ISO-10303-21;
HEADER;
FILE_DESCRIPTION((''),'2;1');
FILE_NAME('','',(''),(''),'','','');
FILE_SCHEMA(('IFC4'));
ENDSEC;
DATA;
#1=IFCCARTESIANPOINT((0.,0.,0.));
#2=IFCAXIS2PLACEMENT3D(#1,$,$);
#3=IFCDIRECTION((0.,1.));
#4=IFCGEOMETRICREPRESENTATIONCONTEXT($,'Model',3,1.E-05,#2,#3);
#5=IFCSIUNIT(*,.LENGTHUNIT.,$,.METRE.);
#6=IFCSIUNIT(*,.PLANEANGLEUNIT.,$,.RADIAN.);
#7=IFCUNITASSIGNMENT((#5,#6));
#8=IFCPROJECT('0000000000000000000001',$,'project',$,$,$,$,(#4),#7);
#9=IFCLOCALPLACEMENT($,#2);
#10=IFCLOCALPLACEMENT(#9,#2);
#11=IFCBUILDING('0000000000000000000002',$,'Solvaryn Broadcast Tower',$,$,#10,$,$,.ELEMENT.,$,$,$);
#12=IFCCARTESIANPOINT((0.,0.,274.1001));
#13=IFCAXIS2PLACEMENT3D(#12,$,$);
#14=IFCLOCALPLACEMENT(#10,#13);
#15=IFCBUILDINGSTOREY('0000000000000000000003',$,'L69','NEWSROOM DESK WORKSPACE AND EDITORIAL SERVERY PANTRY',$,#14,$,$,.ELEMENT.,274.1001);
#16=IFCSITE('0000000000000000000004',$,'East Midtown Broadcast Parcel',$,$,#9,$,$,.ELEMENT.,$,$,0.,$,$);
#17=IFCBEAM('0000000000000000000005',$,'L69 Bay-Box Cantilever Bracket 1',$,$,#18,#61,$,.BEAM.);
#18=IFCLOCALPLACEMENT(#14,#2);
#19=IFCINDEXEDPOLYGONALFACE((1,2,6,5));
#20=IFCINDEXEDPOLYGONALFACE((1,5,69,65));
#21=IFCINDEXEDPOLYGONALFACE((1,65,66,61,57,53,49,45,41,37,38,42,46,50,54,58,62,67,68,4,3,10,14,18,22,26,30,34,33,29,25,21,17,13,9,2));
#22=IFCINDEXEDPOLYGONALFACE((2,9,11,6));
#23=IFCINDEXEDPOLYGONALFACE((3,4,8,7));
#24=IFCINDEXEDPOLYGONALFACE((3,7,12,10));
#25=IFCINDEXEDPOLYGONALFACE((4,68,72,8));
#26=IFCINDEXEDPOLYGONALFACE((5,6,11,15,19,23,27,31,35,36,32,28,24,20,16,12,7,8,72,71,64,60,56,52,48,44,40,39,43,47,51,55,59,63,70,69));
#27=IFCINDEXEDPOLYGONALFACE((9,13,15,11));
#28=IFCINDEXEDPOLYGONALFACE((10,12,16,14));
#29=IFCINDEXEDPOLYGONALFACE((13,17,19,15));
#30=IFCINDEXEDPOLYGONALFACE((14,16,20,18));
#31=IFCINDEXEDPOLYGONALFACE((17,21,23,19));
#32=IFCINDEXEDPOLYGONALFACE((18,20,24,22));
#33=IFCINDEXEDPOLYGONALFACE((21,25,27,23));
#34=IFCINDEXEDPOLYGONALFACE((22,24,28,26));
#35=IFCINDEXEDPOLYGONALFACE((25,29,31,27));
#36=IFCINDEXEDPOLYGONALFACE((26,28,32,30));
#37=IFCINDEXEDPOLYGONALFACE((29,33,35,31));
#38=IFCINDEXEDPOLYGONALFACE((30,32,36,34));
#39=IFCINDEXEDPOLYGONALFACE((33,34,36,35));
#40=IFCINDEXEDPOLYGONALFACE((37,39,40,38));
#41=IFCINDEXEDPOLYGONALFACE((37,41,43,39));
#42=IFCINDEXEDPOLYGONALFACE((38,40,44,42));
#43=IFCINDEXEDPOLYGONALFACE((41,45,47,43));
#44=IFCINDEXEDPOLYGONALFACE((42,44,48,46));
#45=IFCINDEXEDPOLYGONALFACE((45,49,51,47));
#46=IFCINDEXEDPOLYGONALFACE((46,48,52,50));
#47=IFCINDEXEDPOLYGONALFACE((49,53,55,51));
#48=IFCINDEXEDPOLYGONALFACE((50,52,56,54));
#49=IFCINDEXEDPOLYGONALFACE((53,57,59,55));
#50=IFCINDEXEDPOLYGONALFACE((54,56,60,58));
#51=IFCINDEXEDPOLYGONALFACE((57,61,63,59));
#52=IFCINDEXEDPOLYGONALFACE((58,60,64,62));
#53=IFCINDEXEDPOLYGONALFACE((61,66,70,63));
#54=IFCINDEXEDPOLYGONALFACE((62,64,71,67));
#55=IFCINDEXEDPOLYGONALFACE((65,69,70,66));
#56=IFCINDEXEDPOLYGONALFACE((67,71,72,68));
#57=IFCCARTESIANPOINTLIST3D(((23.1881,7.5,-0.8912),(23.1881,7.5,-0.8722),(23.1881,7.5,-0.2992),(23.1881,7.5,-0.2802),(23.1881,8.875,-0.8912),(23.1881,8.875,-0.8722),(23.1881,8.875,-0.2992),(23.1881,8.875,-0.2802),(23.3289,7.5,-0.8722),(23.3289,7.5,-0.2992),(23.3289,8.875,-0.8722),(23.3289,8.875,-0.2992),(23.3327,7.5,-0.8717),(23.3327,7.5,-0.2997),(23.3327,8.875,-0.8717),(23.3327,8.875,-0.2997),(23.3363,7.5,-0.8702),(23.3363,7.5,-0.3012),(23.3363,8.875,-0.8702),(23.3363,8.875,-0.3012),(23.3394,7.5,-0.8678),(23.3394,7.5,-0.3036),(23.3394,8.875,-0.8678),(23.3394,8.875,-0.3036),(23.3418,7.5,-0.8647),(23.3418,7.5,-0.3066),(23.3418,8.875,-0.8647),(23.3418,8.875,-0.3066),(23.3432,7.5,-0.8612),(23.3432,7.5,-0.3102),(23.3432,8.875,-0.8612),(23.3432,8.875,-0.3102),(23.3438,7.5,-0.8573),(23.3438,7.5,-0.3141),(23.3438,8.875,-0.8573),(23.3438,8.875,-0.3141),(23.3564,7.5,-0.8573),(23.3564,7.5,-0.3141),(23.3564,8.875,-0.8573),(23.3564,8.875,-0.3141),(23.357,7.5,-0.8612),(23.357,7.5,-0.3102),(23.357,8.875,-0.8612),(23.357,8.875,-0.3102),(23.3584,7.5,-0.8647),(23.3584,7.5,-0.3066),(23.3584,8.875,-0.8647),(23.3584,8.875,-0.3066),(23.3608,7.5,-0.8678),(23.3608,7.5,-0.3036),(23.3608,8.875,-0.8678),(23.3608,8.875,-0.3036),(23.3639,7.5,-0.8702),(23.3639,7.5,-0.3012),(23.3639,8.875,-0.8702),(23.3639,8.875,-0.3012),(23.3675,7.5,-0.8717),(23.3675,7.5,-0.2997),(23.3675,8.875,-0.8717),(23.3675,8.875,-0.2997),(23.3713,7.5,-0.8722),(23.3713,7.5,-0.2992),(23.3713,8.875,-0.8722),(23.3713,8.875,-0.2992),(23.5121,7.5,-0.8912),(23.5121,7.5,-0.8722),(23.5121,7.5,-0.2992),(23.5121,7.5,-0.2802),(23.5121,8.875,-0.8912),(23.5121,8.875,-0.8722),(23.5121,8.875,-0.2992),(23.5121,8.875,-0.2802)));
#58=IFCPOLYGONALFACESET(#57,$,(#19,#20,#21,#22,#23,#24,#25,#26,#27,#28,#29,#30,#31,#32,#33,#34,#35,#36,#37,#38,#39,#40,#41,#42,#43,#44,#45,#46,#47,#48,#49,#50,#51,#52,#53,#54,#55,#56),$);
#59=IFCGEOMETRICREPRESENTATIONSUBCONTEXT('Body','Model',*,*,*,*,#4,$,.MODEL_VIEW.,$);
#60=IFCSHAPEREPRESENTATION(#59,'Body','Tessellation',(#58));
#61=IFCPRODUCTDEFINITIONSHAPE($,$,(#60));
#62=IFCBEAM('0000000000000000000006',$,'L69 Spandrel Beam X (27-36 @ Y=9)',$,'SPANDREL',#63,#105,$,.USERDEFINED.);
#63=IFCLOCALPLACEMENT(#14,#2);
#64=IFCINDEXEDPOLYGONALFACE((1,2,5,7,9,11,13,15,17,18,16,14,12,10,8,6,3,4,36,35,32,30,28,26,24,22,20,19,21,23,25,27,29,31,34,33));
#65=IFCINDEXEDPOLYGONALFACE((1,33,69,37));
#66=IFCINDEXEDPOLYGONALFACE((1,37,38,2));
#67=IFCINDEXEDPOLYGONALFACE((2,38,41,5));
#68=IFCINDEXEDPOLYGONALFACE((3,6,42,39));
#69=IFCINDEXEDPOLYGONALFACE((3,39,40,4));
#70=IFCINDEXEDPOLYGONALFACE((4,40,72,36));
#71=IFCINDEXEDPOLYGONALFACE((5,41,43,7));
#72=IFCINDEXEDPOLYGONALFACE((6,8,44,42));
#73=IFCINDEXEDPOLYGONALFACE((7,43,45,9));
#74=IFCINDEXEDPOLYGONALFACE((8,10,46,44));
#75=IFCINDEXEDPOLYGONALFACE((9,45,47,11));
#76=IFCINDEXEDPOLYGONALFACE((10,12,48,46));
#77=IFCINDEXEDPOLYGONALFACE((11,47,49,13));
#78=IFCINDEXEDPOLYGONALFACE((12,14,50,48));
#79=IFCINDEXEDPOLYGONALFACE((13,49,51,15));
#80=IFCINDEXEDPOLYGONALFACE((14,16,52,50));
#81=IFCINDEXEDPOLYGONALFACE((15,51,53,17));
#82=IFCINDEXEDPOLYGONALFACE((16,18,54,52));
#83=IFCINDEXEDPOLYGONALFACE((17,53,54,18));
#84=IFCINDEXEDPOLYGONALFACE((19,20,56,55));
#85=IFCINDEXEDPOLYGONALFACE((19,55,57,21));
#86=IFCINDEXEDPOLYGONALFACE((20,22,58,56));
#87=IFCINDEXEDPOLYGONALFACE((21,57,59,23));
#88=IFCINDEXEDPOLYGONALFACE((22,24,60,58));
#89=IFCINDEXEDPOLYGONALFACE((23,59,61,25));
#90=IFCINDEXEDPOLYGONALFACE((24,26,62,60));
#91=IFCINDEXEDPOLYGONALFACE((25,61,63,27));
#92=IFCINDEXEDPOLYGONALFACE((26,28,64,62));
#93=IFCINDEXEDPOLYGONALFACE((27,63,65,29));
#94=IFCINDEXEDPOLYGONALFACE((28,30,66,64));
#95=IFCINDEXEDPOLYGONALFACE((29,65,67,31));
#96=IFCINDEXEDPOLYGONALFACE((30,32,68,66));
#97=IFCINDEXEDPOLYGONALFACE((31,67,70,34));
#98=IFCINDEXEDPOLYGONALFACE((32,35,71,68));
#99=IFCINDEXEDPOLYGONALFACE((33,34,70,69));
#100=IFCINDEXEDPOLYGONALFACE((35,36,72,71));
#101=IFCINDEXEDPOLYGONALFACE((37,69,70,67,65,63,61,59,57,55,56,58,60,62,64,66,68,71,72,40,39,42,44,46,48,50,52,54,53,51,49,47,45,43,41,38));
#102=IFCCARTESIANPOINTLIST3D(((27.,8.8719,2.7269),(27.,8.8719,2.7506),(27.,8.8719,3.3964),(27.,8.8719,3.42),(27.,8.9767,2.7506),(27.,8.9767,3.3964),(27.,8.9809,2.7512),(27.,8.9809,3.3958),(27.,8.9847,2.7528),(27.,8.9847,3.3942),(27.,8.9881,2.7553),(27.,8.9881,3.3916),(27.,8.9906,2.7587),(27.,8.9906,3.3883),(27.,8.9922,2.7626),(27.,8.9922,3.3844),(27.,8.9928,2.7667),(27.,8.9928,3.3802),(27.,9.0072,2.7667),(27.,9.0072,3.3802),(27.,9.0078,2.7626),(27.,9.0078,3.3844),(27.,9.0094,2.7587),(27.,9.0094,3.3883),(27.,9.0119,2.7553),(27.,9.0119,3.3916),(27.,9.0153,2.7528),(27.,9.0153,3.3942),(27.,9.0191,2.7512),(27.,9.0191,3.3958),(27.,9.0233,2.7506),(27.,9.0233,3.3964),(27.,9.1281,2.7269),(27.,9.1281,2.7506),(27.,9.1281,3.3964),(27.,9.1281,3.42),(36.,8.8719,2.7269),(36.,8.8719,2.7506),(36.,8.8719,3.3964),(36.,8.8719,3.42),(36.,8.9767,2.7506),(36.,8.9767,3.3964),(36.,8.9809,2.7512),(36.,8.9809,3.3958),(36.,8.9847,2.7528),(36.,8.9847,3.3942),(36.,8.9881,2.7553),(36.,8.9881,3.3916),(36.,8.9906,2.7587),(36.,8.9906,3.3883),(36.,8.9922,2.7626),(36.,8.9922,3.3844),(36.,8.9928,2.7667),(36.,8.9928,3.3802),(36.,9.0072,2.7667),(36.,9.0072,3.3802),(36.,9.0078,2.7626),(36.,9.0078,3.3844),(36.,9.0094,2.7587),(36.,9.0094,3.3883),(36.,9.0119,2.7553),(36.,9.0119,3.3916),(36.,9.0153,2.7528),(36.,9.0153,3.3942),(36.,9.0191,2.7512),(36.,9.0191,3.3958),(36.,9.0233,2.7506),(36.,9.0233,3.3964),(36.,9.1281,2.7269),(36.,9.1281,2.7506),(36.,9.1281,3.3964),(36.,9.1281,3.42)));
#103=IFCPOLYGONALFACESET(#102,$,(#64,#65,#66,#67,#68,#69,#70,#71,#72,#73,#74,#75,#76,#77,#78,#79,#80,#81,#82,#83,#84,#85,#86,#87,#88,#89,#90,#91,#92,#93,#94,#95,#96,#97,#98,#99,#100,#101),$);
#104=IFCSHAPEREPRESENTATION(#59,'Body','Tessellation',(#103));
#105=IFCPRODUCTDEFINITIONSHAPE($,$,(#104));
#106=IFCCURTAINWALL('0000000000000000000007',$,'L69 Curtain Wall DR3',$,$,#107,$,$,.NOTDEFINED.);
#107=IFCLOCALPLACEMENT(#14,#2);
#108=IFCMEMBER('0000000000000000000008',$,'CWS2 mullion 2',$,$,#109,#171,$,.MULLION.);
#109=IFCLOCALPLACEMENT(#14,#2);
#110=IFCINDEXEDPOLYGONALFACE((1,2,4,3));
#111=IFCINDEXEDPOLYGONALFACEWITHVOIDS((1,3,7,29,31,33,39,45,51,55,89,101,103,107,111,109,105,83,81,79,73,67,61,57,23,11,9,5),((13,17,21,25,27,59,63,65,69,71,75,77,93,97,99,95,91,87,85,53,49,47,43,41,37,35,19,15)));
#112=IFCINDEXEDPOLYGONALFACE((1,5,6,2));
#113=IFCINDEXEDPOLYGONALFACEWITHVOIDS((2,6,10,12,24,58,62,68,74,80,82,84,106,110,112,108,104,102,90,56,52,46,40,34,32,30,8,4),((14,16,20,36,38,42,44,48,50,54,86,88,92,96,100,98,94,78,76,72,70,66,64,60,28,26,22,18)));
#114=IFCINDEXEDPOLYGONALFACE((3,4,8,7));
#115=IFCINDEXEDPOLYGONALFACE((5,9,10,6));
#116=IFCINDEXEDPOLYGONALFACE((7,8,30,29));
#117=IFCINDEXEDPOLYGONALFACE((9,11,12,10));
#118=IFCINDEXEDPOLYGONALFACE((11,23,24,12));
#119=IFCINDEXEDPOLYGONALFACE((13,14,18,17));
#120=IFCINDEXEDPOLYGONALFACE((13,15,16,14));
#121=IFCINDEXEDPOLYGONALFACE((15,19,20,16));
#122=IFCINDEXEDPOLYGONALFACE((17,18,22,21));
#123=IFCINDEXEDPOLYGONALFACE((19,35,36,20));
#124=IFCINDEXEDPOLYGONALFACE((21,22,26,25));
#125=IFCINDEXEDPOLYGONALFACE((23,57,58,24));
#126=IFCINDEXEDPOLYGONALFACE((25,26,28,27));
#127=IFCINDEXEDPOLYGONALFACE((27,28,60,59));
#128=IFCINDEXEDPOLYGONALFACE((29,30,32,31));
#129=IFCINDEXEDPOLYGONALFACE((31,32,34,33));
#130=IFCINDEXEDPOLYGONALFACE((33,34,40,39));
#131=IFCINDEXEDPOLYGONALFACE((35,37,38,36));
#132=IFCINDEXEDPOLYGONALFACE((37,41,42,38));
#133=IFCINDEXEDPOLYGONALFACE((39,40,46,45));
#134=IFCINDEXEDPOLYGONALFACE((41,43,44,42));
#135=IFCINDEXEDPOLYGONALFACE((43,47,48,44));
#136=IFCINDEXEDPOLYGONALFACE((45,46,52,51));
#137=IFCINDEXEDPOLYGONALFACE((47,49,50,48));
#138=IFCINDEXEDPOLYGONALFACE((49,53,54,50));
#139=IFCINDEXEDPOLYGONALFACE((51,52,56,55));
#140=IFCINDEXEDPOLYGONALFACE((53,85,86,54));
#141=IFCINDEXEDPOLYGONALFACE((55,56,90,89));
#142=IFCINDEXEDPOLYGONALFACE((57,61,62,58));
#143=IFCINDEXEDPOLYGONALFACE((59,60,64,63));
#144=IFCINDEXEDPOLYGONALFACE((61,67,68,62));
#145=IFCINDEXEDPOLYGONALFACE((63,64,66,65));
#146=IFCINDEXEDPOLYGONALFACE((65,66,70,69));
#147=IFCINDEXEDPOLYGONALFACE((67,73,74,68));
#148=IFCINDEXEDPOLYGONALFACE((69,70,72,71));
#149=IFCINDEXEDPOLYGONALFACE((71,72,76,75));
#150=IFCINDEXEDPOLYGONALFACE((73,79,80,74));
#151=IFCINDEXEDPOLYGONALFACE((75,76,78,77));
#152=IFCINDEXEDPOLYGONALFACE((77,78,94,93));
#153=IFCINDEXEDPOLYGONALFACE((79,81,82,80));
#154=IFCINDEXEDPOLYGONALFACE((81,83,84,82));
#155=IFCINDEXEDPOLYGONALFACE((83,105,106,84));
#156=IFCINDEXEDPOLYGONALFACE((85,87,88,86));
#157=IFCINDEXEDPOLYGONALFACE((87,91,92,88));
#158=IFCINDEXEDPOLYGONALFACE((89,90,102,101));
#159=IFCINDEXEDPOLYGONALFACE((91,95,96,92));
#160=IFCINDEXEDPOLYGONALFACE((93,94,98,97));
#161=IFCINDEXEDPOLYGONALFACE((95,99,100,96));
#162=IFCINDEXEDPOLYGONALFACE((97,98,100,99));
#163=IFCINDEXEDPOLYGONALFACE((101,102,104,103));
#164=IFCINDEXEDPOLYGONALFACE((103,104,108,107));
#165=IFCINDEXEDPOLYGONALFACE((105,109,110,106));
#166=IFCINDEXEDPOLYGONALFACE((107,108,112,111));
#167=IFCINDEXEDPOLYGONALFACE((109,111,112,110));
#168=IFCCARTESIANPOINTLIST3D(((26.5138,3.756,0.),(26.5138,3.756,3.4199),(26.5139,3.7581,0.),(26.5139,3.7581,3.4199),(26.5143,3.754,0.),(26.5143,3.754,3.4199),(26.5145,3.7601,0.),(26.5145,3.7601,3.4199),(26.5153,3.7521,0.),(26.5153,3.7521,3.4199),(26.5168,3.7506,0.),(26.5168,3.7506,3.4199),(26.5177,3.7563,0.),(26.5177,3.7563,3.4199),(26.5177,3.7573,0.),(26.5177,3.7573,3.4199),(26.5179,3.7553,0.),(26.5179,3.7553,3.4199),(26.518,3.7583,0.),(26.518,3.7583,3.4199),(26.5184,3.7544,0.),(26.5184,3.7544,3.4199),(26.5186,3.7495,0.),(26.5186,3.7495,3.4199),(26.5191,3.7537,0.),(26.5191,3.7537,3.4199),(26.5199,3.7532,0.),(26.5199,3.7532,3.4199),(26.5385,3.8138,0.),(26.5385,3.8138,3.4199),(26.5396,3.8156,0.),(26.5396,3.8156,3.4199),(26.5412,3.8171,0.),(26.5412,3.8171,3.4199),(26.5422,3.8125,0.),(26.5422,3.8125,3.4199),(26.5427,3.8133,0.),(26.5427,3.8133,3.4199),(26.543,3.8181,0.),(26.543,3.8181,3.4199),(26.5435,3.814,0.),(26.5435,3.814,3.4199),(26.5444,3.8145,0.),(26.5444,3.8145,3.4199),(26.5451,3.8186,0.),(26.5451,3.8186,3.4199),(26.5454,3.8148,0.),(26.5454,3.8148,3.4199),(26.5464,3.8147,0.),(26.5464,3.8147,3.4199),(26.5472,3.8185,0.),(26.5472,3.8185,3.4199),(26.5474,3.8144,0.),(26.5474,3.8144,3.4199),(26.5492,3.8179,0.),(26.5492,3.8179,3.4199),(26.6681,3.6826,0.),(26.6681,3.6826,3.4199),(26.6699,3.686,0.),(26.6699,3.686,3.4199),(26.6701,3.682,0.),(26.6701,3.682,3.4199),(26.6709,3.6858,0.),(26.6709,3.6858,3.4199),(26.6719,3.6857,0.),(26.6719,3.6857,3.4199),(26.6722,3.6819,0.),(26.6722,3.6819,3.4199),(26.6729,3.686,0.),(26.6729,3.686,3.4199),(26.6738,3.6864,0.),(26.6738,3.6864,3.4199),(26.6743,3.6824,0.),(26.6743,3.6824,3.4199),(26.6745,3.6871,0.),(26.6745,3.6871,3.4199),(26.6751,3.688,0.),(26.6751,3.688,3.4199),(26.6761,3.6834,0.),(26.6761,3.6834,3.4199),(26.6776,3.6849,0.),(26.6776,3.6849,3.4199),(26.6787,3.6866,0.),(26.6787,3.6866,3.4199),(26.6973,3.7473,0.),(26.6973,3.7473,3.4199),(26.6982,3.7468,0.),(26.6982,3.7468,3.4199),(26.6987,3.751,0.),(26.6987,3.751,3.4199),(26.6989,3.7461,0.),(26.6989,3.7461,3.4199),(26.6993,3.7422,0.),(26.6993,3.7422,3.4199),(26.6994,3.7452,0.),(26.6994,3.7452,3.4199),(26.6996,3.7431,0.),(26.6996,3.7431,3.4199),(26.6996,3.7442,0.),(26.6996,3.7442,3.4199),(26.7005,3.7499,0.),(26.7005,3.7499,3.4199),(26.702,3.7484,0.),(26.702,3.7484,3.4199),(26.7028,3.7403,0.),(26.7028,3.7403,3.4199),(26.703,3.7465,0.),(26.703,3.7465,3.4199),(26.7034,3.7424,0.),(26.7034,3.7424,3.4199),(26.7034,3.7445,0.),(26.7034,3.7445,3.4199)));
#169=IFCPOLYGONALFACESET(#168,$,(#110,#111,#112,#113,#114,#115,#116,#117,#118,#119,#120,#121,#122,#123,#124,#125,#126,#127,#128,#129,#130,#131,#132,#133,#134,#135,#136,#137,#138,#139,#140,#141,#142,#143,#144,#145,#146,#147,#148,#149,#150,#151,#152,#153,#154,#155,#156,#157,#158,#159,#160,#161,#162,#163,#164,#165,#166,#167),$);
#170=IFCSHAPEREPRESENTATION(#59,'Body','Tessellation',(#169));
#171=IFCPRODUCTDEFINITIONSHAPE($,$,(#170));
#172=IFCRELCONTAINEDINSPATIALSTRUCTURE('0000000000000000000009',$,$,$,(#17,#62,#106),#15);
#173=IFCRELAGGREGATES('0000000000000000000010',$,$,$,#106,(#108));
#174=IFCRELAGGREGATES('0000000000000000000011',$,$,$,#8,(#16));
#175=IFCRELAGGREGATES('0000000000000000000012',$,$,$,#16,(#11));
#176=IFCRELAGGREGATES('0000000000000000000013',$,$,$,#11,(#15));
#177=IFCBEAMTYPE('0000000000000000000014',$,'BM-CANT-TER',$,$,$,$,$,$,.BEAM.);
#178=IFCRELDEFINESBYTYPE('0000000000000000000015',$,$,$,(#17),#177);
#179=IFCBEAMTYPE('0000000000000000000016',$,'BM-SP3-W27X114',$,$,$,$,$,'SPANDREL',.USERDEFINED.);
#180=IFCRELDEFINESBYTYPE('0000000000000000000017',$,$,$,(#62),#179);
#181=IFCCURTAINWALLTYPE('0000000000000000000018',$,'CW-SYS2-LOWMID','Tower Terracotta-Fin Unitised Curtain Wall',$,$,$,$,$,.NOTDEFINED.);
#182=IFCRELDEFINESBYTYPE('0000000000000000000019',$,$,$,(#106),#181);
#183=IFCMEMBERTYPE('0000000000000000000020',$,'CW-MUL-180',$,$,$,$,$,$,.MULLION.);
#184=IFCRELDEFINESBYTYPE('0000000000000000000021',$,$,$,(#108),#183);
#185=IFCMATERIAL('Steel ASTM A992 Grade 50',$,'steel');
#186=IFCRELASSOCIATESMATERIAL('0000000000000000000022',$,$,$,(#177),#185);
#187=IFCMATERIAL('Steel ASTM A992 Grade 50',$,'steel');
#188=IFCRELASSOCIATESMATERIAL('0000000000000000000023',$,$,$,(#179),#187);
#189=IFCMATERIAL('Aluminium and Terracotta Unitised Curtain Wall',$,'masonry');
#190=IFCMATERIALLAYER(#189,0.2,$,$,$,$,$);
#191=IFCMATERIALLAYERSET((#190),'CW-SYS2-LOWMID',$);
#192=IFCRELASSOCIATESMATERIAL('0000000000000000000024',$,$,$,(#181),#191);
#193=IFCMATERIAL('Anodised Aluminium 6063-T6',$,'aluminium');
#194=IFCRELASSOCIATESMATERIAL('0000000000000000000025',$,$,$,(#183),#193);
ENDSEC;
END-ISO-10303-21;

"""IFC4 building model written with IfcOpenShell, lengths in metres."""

from ifc_helpers import new_model, si_unit, direction, frame, origin, origin_2d, place, context, subcontext, project, spatial, hollow_rectangle, i_section, extrude, material, layer, layer_set, material_profile, profile_set, type_object, element, aggregate, save


model = new_model("IFC4")

# Units and contexts
model_context = context("Model", 3, precision=1e-05, world=origin(), true_north=direction((0.0, 1.0)))
body_context = subcontext(model_context, "Body", "Model", "MODEL_VIEW")
ifc_project = project(units=[si_unit("LENGTHUNIT", "METRE"), si_unit("PLANEANGLEUNIT", "RADIAN")], contexts=[model_context])

# Site, building, storey
site_placement = place(None, origin())
site = spatial("IfcSite", under=ifc_project, at=site_placement, Name="East Midtown Broadcast Parcel", CompositionType="ELEMENT", RefElevation=0.0)
building_placement = place(site_placement, origin())
building = spatial("IfcBuilding", under=site, at=building_placement, Name="Solvaryn Broadcast Tower", CompositionType="ELEMENT")
storey_placement = place(building_placement, frame((0.0, 0.0, 274.1001)))
storey = spatial("IfcBuildingStorey", under=building, at=storey_placement, Name="L69", Description="NEWSROOM DESK WORKSPACE AND EDITORIAL SERVERY PANTRY", CompositionType="ELEMENT", Elevation=274.1001)

# Beams
ifc_material_1 = material(Name="Steel ASTM A992 Grade 50", Category="steel")
ifc_material_profile_1 = material_profile(ifc_material_1, i_section(OverallWidth=0.324, OverallDepth=0.6111, WebThickness=0.0127, FlangeThickness=0.019, FilletRadius=0.0149, at=origin_2d()))
ifc_profile_set_1 = profile_set([ifc_material_profile_1], Name="Steel ASTM A992 Grade 50")
beam_type_1 = type_object("IfcBeamType", Name="BM-CANT-TER", PredefinedType="BEAM", material=ifc_profile_set_1)
beam_1_placement = place(storey_placement, frame((23.3501, 8.875, -0.5857), z_axis=(0.0, -1.0, 0.0), x_axis=(1.0, 0.0, 0.0)))
element("IfcBeam", 1, at=beam_1_placement, inside=storey, type_object=beam_type_1, Name="L69 Bay-Box Cantilever Bracket 1", PredefinedType="BEAM", context=body_context, shape_type="SweptSolid", body=[
    extrude(i_section(OverallWidth=0.324, OverallDepth=0.6111, WebThickness=0.0127, FlangeThickness=0.019, FilletRadius=0.0149, at=origin_2d()), origin(), (0.0, 0.0, 1.0), 1.375),
])
ifc_material_2 = material(Name="Steel ASTM A992 Grade 50", Category="steel")
ifc_material_profile_2 = material_profile(ifc_material_2, i_section(OverallWidth=0.2561, OverallDepth=0.6931, WebThickness=0.0144, FlangeThickness=0.0237, FilletRadius=0.0161, at=origin_2d()))
ifc_profile_set_2 = profile_set([ifc_material_profile_2], Name="Steel ASTM A992 Grade 50")
beam_type_2 = type_object("IfcBeamType", Name="BM-SP3-W27X114", ElementType="SPANDREL", PredefinedType="USERDEFINED", material=ifc_profile_set_2)
beam_2_placement = place(storey_placement, frame((27.0, 9.0, 3.0735), z_axis=(1.0, 0.0, 0.0), x_axis=(0.0, 1.0, 0.0)))
element("IfcBeam", 2, at=beam_2_placement, inside=storey, type_object=beam_type_2, Name="L69 Spandrel Beam X (27-36 @ Y=9)", ObjectType="SPANDREL", PredefinedType="USERDEFINED", context=body_context, shape_type="SweptSolid", body=[
    extrude(i_section(OverallWidth=0.2561, OverallDepth=0.6931, WebThickness=0.0144, FlangeThickness=0.0237, FilletRadius=0.0161, at=origin_2d()), origin(), (0.0, 0.0, 1.0), 9.0),
])

# Curtain wall, member
ifc_material_3 = material(Name="Aluminium and Terracotta Unitised Curtain Wall", Category="masonry")
ifc_layer_1 = layer(ifc_material_3, 0.2)
ifc_layer_set_1 = layer_set([ifc_layer_1], Name="CW-SYS2-LOWMID")
curtain_wall_type = type_object("IfcCurtainWallType", Name="CW-SYS2-LOWMID", Description="Tower Terracotta-Fin Unitised Curtain Wall", PredefinedType="NOTDEFINED", material=ifc_layer_set_1)
curtain_wall_1_placement = place(storey_placement, origin())
curtain_wall_1 = element("IfcCurtainWall", 3, at=curtain_wall_1_placement, inside=storey, type_object=curtain_wall_type, Name="L69 Curtain Wall DR3", PredefinedType="NOTDEFINED")
ifc_material_4 = material(Name="Anodised Aluminium 6063-T6", Category="aluminium")
ifc_material_profile_3 = material_profile(ifc_material_4, hollow_rectangle(XDim=0.075, YDim=0.1799, WallThickness=0.0039, InnerFilletRadius=0.0039, OuterFilletRadius=0.0081, at=origin_2d()))
ifc_profile_set_3 = profile_set([ifc_material_profile_3], Name="Anodised Aluminium 6063-T6")
member_type_1 = type_object("IfcMemberType", Name="CW-MUL-180", PredefinedType="MULLION", material=ifc_profile_set_3)
member_1_placement = place(storey_placement, frame((26.6086, 3.7502, 0.0), z_axis=(0.0, 0.0, 1.0), x_axis=(0.408466, 0.912774, 0.0)))
member_1 = element("IfcMember", 4, at=member_1_placement, type_object=member_type_1, Name="CWS2 mullion 2", PredefinedType="MULLION", context=body_context, shape_type="SweptSolid", body=[
    extrude(hollow_rectangle(XDim=0.075, YDim=0.1799, WallThickness=0.0039, InnerFilletRadius=0.0039, OuterFilletRadius=0.0081, at=origin_2d()), origin(), (0.0, 0.0, 1.0), 3.4199),
])
aggregate(curtain_wall_1, [member_1])

save(model, "model.ifc")
